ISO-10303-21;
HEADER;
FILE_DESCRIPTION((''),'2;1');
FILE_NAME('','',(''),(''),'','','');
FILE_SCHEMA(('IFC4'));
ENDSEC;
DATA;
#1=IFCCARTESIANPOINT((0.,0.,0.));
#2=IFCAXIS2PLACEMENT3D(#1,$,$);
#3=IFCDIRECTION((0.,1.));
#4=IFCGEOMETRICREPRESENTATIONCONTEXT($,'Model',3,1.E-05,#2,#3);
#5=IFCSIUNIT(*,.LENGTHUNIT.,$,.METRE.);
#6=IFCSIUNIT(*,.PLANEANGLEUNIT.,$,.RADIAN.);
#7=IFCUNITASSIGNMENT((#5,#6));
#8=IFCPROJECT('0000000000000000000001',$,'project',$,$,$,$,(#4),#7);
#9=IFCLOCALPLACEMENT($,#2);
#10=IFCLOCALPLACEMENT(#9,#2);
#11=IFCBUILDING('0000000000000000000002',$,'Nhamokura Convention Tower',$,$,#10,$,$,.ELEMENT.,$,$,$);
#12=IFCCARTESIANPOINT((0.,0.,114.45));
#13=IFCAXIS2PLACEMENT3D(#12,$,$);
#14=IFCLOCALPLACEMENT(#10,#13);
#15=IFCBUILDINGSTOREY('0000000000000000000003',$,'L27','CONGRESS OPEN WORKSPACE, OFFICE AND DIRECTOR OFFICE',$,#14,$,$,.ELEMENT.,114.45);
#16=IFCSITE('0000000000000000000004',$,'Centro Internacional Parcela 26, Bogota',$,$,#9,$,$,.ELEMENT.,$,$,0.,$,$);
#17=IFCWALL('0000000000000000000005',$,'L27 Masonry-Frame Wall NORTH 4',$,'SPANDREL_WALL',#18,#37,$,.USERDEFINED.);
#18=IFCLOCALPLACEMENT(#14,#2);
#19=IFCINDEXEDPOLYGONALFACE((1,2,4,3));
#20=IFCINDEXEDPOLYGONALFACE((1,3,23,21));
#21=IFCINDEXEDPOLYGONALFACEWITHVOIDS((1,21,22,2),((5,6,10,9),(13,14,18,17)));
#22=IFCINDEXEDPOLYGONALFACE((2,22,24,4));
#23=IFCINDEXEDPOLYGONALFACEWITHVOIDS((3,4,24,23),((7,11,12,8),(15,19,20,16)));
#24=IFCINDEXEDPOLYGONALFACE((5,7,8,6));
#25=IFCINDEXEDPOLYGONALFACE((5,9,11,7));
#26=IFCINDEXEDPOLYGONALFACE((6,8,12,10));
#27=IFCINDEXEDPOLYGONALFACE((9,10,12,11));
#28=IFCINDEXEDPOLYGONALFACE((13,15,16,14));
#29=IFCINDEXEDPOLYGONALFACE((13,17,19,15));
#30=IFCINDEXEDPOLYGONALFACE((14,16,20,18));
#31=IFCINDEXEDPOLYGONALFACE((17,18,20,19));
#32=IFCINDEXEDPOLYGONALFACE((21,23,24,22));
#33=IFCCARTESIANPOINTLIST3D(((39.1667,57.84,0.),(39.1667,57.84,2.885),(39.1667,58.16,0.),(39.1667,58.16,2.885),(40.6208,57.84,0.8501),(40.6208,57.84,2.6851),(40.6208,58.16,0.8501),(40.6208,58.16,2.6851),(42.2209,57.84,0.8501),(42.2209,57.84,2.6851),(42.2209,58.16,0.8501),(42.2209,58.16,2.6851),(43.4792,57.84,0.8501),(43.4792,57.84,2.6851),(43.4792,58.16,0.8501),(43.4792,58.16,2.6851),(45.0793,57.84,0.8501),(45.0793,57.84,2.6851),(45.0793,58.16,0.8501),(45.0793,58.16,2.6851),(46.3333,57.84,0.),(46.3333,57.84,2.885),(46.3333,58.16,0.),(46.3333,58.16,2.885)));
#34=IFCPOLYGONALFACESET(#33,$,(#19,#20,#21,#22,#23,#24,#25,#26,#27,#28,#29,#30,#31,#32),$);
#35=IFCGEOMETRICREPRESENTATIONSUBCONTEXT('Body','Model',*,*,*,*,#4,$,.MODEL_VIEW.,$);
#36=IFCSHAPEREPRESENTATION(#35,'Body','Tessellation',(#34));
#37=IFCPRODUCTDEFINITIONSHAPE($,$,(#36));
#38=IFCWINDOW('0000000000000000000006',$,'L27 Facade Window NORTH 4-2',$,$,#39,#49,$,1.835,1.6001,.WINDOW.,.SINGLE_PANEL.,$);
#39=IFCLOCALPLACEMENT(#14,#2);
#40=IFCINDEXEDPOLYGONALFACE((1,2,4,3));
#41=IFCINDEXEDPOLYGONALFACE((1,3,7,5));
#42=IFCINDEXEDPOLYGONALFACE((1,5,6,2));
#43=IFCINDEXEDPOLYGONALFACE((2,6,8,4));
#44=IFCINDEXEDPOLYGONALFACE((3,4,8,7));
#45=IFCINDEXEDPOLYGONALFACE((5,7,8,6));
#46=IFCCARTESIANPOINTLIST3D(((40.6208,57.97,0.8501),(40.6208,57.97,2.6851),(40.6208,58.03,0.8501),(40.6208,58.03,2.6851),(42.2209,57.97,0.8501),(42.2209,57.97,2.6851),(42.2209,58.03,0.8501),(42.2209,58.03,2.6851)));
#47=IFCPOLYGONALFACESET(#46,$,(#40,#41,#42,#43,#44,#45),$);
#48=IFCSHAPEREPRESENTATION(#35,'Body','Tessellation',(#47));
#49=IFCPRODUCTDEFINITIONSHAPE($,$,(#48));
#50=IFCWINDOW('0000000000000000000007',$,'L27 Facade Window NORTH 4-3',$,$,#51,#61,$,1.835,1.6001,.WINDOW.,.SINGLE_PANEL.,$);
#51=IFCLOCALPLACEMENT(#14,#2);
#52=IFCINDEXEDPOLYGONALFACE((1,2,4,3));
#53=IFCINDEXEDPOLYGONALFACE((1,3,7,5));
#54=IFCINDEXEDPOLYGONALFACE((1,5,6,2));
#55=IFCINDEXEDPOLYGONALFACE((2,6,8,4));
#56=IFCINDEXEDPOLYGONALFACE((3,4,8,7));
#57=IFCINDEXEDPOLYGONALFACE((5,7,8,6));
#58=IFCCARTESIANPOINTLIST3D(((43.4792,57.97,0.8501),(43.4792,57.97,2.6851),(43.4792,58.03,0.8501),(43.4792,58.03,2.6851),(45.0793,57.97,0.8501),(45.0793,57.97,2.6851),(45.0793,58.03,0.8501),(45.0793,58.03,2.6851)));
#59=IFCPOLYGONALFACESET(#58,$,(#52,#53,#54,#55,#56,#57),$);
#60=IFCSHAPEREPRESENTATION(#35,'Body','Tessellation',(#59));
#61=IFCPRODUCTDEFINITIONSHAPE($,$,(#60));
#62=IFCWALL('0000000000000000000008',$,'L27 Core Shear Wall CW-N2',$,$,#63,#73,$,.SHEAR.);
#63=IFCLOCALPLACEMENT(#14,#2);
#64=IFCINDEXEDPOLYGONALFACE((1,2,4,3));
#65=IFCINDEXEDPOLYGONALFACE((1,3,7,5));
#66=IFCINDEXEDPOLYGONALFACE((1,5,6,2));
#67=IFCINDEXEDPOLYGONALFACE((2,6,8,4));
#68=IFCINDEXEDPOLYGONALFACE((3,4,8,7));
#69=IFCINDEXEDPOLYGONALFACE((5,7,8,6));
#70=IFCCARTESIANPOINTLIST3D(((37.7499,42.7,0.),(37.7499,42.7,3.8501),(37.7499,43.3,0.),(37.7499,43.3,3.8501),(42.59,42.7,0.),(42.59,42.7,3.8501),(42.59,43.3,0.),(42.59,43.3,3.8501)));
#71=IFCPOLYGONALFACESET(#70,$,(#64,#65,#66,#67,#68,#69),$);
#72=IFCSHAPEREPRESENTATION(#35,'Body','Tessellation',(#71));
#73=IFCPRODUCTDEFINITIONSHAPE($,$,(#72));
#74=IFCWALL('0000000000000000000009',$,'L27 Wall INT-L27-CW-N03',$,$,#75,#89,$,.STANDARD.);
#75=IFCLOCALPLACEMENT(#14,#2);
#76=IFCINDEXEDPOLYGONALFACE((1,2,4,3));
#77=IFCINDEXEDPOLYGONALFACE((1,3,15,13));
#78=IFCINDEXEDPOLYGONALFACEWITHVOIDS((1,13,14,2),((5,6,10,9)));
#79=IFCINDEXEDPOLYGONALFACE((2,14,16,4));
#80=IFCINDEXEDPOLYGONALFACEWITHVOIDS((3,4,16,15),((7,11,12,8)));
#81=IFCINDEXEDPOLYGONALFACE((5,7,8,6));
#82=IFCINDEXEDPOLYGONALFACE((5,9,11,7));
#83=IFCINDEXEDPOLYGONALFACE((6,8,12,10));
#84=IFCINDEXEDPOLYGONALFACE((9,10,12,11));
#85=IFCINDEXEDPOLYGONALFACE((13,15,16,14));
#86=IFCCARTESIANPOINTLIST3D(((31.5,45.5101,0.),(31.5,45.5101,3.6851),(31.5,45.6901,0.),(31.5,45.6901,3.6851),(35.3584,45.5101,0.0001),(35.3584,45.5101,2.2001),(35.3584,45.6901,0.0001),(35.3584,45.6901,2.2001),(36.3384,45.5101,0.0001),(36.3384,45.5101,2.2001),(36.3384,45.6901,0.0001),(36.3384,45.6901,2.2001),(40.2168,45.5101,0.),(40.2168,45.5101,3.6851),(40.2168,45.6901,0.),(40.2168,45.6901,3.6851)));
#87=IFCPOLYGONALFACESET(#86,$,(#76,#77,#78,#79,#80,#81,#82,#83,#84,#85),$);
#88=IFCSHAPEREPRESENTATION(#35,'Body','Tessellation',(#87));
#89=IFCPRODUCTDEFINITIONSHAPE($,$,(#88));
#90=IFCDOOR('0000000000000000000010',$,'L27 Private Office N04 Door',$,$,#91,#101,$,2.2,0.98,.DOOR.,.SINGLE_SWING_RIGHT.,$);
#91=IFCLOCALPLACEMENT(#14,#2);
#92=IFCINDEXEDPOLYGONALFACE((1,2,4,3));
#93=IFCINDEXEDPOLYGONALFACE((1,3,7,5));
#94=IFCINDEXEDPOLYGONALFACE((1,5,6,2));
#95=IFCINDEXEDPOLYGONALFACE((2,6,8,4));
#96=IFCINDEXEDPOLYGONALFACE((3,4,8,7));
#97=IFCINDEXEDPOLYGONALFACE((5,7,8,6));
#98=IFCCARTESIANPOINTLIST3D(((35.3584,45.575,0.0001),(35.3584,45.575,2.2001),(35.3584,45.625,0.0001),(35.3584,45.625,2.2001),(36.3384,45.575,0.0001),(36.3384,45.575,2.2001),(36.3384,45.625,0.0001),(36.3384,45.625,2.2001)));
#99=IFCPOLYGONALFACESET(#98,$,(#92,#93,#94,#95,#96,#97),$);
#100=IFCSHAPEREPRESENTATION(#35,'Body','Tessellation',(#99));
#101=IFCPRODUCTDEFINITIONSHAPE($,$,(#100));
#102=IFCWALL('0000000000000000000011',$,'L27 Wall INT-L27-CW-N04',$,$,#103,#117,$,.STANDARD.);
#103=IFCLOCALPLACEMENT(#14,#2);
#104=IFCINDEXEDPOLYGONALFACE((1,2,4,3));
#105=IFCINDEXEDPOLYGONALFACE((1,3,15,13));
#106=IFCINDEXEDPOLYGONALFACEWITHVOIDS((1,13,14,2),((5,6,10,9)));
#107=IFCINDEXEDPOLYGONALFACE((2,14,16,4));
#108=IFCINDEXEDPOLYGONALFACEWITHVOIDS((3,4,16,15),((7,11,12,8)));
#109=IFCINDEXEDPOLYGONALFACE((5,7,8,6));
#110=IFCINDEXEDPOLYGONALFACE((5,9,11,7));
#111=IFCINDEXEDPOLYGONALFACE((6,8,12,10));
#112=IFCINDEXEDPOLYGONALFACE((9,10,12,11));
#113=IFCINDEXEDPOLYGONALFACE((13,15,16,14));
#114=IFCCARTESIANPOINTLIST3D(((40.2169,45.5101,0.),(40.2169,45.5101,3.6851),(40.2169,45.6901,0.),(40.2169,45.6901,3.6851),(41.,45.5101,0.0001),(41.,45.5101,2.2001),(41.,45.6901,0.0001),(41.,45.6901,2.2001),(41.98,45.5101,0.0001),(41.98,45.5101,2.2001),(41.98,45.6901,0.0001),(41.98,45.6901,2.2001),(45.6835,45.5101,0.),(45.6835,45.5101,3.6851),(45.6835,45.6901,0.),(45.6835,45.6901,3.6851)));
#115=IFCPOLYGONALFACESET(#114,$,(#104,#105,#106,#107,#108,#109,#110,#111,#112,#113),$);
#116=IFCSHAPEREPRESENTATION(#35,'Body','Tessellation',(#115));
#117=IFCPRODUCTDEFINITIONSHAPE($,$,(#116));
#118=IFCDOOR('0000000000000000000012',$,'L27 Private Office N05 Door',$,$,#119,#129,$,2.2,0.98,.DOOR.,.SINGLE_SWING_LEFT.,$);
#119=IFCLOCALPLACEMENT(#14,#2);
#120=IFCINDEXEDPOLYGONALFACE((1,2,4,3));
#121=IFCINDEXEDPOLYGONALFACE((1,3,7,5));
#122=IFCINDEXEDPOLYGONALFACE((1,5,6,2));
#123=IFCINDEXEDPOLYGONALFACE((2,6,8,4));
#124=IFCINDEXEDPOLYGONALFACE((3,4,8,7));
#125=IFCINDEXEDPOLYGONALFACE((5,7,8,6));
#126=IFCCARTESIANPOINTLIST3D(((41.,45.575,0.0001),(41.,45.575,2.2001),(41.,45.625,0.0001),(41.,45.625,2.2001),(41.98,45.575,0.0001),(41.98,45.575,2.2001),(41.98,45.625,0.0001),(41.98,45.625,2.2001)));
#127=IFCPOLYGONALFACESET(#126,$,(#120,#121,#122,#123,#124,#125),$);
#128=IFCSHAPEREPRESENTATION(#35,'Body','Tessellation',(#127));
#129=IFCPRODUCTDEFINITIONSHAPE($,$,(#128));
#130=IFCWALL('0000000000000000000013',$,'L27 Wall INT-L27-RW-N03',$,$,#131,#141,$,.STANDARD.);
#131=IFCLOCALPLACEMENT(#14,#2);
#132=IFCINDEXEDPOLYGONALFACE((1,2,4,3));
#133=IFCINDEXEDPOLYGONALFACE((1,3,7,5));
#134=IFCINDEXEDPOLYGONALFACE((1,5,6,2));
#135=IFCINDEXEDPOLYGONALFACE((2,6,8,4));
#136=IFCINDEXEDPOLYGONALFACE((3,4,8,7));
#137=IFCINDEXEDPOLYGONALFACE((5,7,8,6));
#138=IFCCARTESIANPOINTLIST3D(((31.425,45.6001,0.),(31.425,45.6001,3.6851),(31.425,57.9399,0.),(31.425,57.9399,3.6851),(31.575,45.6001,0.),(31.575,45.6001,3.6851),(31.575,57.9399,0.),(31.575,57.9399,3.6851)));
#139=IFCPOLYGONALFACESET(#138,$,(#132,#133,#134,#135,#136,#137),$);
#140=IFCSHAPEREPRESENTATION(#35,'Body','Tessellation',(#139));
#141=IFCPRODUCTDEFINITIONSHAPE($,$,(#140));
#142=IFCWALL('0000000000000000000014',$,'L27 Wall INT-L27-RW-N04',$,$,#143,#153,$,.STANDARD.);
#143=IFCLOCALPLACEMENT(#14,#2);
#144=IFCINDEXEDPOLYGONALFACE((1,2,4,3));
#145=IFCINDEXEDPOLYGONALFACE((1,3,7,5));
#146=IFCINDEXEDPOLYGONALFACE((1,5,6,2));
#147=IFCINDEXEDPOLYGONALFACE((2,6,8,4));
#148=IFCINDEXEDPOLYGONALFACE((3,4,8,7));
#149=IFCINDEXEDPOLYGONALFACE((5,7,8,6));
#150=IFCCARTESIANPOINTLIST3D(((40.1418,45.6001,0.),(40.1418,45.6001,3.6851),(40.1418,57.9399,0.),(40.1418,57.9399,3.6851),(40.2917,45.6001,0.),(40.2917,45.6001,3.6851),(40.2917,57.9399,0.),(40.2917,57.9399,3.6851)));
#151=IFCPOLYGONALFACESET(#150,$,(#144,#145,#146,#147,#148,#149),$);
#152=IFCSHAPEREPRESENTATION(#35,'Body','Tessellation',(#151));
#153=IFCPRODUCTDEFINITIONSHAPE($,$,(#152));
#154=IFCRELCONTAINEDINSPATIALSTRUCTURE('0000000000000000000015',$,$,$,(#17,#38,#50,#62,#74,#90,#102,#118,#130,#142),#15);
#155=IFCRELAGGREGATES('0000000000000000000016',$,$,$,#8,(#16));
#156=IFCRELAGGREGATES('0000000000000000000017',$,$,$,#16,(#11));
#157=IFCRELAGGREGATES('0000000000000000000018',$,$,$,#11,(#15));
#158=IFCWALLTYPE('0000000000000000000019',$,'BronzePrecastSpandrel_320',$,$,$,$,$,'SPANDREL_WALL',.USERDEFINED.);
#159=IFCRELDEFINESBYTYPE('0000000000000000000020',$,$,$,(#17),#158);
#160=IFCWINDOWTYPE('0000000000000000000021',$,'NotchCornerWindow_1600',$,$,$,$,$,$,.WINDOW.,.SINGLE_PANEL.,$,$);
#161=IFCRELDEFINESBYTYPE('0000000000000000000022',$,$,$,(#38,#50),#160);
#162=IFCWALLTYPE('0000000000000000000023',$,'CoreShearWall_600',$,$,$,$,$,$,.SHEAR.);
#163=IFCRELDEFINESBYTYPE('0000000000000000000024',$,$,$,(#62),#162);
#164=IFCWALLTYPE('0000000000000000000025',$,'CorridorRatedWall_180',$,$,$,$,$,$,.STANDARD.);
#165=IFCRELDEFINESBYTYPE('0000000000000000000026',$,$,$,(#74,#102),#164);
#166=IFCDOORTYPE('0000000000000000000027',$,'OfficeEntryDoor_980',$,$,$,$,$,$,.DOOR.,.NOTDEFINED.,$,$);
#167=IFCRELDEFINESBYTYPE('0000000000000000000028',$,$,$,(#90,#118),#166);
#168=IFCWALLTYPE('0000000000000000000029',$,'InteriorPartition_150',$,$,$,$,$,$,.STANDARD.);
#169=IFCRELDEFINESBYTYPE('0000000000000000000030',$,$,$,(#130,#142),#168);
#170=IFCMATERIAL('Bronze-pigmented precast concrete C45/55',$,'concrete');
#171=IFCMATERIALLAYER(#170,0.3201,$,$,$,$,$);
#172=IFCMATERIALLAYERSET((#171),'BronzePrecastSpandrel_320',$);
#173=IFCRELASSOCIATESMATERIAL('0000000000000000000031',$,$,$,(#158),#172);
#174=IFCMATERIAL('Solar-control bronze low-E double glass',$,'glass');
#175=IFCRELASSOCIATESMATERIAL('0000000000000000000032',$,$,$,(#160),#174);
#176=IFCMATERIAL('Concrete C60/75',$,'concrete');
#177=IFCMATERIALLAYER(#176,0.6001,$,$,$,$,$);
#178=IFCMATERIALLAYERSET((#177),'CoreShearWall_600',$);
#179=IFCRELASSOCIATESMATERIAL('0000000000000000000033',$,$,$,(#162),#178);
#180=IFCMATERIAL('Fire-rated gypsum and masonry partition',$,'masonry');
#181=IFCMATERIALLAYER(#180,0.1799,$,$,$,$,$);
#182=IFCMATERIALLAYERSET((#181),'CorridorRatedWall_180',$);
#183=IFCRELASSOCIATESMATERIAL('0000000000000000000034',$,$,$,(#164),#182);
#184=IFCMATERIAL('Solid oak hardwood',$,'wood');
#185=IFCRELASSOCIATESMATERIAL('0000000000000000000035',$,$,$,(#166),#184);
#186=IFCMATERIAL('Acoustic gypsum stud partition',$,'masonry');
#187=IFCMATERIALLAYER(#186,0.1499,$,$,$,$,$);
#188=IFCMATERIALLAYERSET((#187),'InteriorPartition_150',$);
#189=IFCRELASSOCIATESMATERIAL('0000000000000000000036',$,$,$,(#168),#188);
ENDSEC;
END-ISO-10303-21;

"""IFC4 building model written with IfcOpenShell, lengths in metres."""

from ifc_helpers import new_model, si_unit, direction, frame, frame_2d, origin, place, context, subcontext, project, spatial, rectangle, extrude, material, layer, layer_set, type_object, element, fill, save


model = new_model("IFC4")

# Units and contexts
model_context = context("Model", 3, precision=1e-05, world=origin(), true_north=direction((0.0, 1.0)))
body_context = subcontext(model_context, "Body", "Model", "MODEL_VIEW")
ifc_project = project(units=[si_unit("LENGTHUNIT", "METRE"), si_unit("PLANEANGLEUNIT", "RADIAN")], contexts=[model_context])

# Site, building, storey
site_placement = place(None, origin())
site = spatial("IfcSite", under=ifc_project, at=site_placement, Name="Centro Internacional Parcela 26, Bogota", CompositionType="ELEMENT", RefElevation=0.0)
building_placement = place(site_placement, origin())
building = spatial("IfcBuilding", under=site, at=building_placement, Name="Nhamokura Convention Tower", CompositionType="ELEMENT")
storey_placement = place(building_placement, frame((0.0, 0.0, 114.45)))
storey = spatial("IfcBuildingStorey", under=building, at=storey_placement, Name="L27", Description="CONGRESS OPEN WORKSPACE, OFFICE AND DIRECTOR OFFICE", CompositionType="ELEMENT", Elevation=114.45)

# Shared definitions
ifc_material_1 = material(Name="Bronze-pigmented precast concrete C45/55", Category="concrete")
ifc_layer_1 = layer(ifc_material_1, 0.3201)
ifc_layer_set_1 = layer_set([ifc_layer_1], Name="BronzePrecastSpandrel_320")
wall_type_1 = type_object("IfcWallType", Name="BronzePrecastSpandrel_320", ElementType="SPANDREL_WALL", PredefinedType="USERDEFINED", material=ifc_layer_set_1)

# Wall, openings, windows
wall_1_placement = place(storey_placement, frame((39.1667, 58.0, 0.0), z_axis=(0.0, 0.0, 1.0), x_axis=(1.0, 0.0, 0.0)))
wall_1 = element("IfcWall", 1, at=wall_1_placement, inside=storey, type_object=wall_type_1, Name="L27 Masonry-Frame Wall NORTH 4", ObjectType="SPANDREL_WALL", PredefinedType="USERDEFINED", context=body_context, shape_type="SweptSolid", body=[
    extrude(rectangle(XDim=7.1665, YDim=0.3201, at=frame_2d((3.5833, 0.0))), origin(), (0.0, 0.0, 1.0), 2.885),
])
opening_1_placement = place(wall_1_placement, frame((1.4541, 0.0, 0.8501)))
opening_1 = element("IfcOpeningElement", 2, at=opening_1_placement, cuts=wall_1, PredefinedType="OPENING", context=body_context, shape_type="SweptSolid", body=[
    extrude(rectangle(XDim=1.6001, YDim=1.835, at=frame_2d((0.8, 0.9175))), frame((0.0, 0.1699, 0.0), z_axis=(0.0, -1.0, 0.0), x_axis=(1.0, 0.0, 0.0)), (0.0, 0.0, 1.0), 0.3401),
])
opening_2_placement = place(wall_1_placement, frame((4.3125, 0.0, 0.8501)))
opening_2 = element("IfcOpeningElement", 3, at=opening_2_placement, cuts=wall_1, PredefinedType="OPENING", context=body_context, shape_type="SweptSolid", body=[
    extrude(rectangle(XDim=1.6001, YDim=1.835, at=frame_2d((0.8, 0.9175))), frame((0.0, 0.1699, 0.0), z_axis=(0.0, -1.0, 0.0), x_axis=(1.0, 0.0, 0.0)), (0.0, 0.0, 1.0), 0.3401),
])
ifc_material_2 = material(Name="Solar-control bronze low-E double glass", Category="glass")
window_type_1 = type_object("IfcWindowType", Name="NotchCornerWindow_1600", PartitioningType="SINGLE_PANEL", PredefinedType="WINDOW", material=ifc_material_2)
window_1_placement = place(opening_1_placement, origin())
window_1 = element("IfcWindow", 4, at=window_1_placement, inside=storey, type_object=window_type_1, Name="L27 Facade Window NORTH 4-2", OverallHeight=1.835, OverallWidth=1.6001, PartitioningType="SINGLE_PANEL", PredefinedType="WINDOW", context=body_context, shape_type="SweptSolid", body=[
    extrude(rectangle(XDim=1.6001, YDim=1.835, at=frame_2d((0.8, 0.9175))), frame((0.0, 0.03, 0.0), z_axis=(0.0, -1.0, 0.0), x_axis=(1.0, 0.0, 0.0)), (0.0, 0.0, 1.0), 0.0601),
])
fill(opening_1, window_1)
window_2_placement = place(opening_2_placement, origin())
window_2 = element("IfcWindow", 5, at=window_2_placement, inside=storey, type_object=window_type_1, Name="L27 Facade Window NORTH 4-3", OverallHeight=1.835, OverallWidth=1.6001, PartitioningType="SINGLE_PANEL", PredefinedType="WINDOW", context=body_context, shape_type="SweptSolid", body=[
    extrude(rectangle(XDim=1.6001, YDim=1.835, at=frame_2d((0.8, 0.9175))), frame((0.0, 0.03, 0.0), z_axis=(0.0, -1.0, 0.0), x_axis=(1.0, 0.0, 0.0)), (0.0, 0.0, 1.0), 0.0601),
])
fill(opening_2, window_2)

# Wall
ifc_material_3 = material(Name="Concrete C60/75", Category="concrete")
ifc_layer_2 = layer(ifc_material_3, 0.6001)
ifc_layer_set_2 = layer_set([ifc_layer_2], Name="CoreShearWall_600")
wall_type_2 = type_object("IfcWallType", Name="CoreShearWall_600", PredefinedType="SHEAR", material=ifc_layer_set_2)
wall_2_placement = place(storey_placement, frame((37.75, 43.0, 0.0), z_axis=(0.0, 0.0, 1.0), x_axis=(1.0, 0.0, 0.0)))
element("IfcWall", 6, at=wall_2_placement, inside=storey, type_object=wall_type_2, Name="L27 Core Shear Wall CW-N2", PredefinedType="SHEAR", context=body_context, shape_type="SweptSolid", body=[
    extrude(rectangle(XDim=4.8401, YDim=0.6001, at=frame_2d((2.4199, 0.0))), origin(), (0.0, 0.0, 1.0), 3.8501),
])

# Walls, openings, doors
ifc_material_4 = material(Name="Fire-rated gypsum and masonry partition", Category="masonry")
ifc_layer_3 = layer(ifc_material_4, 0.1799)
ifc_layer_set_3 = layer_set([ifc_layer_3], Name="CorridorRatedWall_180")
wall_type_3 = type_object("IfcWallType", Name="CorridorRatedWall_180", PredefinedType="STANDARD", material=ifc_layer_set_3)
wall_3_placement = place(storey_placement, frame((31.5, 45.6001, 0.0), z_axis=(0.0, 0.0, 1.0), x_axis=(1.0, 0.0, 0.0)))
wall_3 = element("IfcWall", 7, at=wall_3_placement, inside=storey, type_object=wall_type_3, Name="L27 Wall INT-L27-CW-N03", PredefinedType="STANDARD", context=body_context, shape_type="SweptSolid", body=[
    extrude(rectangle(XDim=8.7168, YDim=0.1799, at=frame_2d((4.3584, 0.0))), origin(), (0.0, 0.0, 1.0), 3.6851),
])
opening_3_placement = place(wall_3_placement, frame((3.8584, 0.0, 0.0)))
opening_3 = element("IfcOpeningElement", 8, at=opening_3_placement, cuts=wall_3, PredefinedType="OPENING", context=body_context, shape_type="SweptSolid", body=[
    extrude(rectangle(XDim=0.98, YDim=2.2, at=frame_2d((0.49, 1.1001))), frame((0.0, 0.0999, 0.0), z_axis=(0.0, -1.0, 0.0), x_axis=(1.0, 0.0, 0.0)), (0.0, 0.0, 1.0), 0.2),
])
ifc_material_5 = material(Name="Solid oak hardwood", Category="wood")
door_type = type_object("IfcDoorType", Name="OfficeEntryDoor_980", OperationType="NOTDEFINED", PredefinedType="DOOR", material=ifc_material_5)
door_1_placement = place(opening_3_placement, origin())
door_1 = element("IfcDoor", 9, at=door_1_placement, inside=storey, type_object=door_type, Name="L27 Private Office N04 Door", OperationType="SINGLE_SWING_RIGHT", OverallHeight=2.2, OverallWidth=0.98, PredefinedType="DOOR", context=body_context, shape_type="SweptSolid", body=[
    extrude(rectangle(XDim=0.98, YDim=2.2, at=frame_2d((0.49, 1.1001))), frame((0.0, 0.0249, 0.0), z_axis=(0.0, -1.0, 0.0), x_axis=(1.0, 0.0, 0.0)), (0.0, 0.0, 1.0), 0.05),
])
fill(opening_3, door_1)
wall_4_placement = place(storey_placement, frame((40.2168, 45.6001, 0.0), z_axis=(0.0, 0.0, 1.0), x_axis=(1.0, 0.0, 0.0)))
wall_4 = element("IfcWall", 10, at=wall_4_placement, inside=storey, type_object=wall_type_3, Name="L27 Wall INT-L27-CW-N04", PredefinedType="STANDARD", context=body_context, shape_type="SweptSolid", body=[
    extrude(rectangle(XDim=5.4666, YDim=0.1799, at=frame_2d((2.7334, 0.0))), origin(), (0.0, 0.0, 1.0), 3.6851),
])
opening_4_placement = place(wall_4_placement, frame((0.7832, 0.0, 0.0)))
opening_4 = element("IfcOpeningElement", 11, at=opening_4_placement, cuts=wall_4, PredefinedType="OPENING", context=body_context, shape_type="SweptSolid", body=[
    extrude(rectangle(XDim=0.98, YDim=2.2, at=frame_2d((0.49, 1.1001))), frame((0.0, 0.0999, 0.0), z_axis=(0.0, -1.0, 0.0), x_axis=(1.0, 0.0, 0.0)), (0.0, 0.0, 1.0), 0.2),
])
door_2_placement = place(opening_4_placement, origin())
door_2 = element("IfcDoor", 12, at=door_2_placement, inside=storey, type_object=door_type, Name="L27 Private Office N05 Door", OperationType="SINGLE_SWING_LEFT", OverallHeight=2.2, OverallWidth=0.98, PredefinedType="DOOR", context=body_context, shape_type="SweptSolid", body=[
    extrude(rectangle(XDim=0.98, YDim=2.2, at=frame_2d((0.49, 1.1001))), frame((0.0, 0.0249, 0.0), z_axis=(0.0, -1.0, 0.0), x_axis=(1.0, 0.0, 0.0)), (0.0, 0.0, 1.0), 0.05),
])
fill(opening_4, door_2)

# Walls
ifc_material_6 = material(Name="Acoustic gypsum stud partition", Category="masonry")
ifc_layer_4 = layer(ifc_material_6, 0.1499)
ifc_layer_set_4 = layer_set([ifc_layer_4], Name="InteriorPartition_150")
wall_type_4 = type_object("IfcWallType", Name="InteriorPartition_150", PredefinedType="STANDARD", material=ifc_layer_set_4)
for number, where, z_axis, x_axis, name in (
    (13, (31.5, 45.6001, 0.0), (0.0, 0.0, 1.0), (0.0, 1.0, 0.0), "L27 Wall INT-L27-RW-N03"),
    (14, (40.2168, 45.6001, 0.0), (0.0, 0.0, 1.0), (0.0, 1.0, 0.0), "L27 Wall INT-L27-RW-N04"),
):
    element("IfcWall", number, at=place(storey_placement, frame(where, z_axis=z_axis, x_axis=x_axis)), inside=storey, type_object=wall_type_4, Name=name, PredefinedType="STANDARD", context=body_context, shape_type="SweptSolid", body=[
        extrude(rectangle(XDim=12.3398, YDim=0.1499, at=frame_2d((6.1699, 0.0))), origin(), (0.0, 0.0, 1.0), 3.6851),
    ])

save(model, "model.ifc")
